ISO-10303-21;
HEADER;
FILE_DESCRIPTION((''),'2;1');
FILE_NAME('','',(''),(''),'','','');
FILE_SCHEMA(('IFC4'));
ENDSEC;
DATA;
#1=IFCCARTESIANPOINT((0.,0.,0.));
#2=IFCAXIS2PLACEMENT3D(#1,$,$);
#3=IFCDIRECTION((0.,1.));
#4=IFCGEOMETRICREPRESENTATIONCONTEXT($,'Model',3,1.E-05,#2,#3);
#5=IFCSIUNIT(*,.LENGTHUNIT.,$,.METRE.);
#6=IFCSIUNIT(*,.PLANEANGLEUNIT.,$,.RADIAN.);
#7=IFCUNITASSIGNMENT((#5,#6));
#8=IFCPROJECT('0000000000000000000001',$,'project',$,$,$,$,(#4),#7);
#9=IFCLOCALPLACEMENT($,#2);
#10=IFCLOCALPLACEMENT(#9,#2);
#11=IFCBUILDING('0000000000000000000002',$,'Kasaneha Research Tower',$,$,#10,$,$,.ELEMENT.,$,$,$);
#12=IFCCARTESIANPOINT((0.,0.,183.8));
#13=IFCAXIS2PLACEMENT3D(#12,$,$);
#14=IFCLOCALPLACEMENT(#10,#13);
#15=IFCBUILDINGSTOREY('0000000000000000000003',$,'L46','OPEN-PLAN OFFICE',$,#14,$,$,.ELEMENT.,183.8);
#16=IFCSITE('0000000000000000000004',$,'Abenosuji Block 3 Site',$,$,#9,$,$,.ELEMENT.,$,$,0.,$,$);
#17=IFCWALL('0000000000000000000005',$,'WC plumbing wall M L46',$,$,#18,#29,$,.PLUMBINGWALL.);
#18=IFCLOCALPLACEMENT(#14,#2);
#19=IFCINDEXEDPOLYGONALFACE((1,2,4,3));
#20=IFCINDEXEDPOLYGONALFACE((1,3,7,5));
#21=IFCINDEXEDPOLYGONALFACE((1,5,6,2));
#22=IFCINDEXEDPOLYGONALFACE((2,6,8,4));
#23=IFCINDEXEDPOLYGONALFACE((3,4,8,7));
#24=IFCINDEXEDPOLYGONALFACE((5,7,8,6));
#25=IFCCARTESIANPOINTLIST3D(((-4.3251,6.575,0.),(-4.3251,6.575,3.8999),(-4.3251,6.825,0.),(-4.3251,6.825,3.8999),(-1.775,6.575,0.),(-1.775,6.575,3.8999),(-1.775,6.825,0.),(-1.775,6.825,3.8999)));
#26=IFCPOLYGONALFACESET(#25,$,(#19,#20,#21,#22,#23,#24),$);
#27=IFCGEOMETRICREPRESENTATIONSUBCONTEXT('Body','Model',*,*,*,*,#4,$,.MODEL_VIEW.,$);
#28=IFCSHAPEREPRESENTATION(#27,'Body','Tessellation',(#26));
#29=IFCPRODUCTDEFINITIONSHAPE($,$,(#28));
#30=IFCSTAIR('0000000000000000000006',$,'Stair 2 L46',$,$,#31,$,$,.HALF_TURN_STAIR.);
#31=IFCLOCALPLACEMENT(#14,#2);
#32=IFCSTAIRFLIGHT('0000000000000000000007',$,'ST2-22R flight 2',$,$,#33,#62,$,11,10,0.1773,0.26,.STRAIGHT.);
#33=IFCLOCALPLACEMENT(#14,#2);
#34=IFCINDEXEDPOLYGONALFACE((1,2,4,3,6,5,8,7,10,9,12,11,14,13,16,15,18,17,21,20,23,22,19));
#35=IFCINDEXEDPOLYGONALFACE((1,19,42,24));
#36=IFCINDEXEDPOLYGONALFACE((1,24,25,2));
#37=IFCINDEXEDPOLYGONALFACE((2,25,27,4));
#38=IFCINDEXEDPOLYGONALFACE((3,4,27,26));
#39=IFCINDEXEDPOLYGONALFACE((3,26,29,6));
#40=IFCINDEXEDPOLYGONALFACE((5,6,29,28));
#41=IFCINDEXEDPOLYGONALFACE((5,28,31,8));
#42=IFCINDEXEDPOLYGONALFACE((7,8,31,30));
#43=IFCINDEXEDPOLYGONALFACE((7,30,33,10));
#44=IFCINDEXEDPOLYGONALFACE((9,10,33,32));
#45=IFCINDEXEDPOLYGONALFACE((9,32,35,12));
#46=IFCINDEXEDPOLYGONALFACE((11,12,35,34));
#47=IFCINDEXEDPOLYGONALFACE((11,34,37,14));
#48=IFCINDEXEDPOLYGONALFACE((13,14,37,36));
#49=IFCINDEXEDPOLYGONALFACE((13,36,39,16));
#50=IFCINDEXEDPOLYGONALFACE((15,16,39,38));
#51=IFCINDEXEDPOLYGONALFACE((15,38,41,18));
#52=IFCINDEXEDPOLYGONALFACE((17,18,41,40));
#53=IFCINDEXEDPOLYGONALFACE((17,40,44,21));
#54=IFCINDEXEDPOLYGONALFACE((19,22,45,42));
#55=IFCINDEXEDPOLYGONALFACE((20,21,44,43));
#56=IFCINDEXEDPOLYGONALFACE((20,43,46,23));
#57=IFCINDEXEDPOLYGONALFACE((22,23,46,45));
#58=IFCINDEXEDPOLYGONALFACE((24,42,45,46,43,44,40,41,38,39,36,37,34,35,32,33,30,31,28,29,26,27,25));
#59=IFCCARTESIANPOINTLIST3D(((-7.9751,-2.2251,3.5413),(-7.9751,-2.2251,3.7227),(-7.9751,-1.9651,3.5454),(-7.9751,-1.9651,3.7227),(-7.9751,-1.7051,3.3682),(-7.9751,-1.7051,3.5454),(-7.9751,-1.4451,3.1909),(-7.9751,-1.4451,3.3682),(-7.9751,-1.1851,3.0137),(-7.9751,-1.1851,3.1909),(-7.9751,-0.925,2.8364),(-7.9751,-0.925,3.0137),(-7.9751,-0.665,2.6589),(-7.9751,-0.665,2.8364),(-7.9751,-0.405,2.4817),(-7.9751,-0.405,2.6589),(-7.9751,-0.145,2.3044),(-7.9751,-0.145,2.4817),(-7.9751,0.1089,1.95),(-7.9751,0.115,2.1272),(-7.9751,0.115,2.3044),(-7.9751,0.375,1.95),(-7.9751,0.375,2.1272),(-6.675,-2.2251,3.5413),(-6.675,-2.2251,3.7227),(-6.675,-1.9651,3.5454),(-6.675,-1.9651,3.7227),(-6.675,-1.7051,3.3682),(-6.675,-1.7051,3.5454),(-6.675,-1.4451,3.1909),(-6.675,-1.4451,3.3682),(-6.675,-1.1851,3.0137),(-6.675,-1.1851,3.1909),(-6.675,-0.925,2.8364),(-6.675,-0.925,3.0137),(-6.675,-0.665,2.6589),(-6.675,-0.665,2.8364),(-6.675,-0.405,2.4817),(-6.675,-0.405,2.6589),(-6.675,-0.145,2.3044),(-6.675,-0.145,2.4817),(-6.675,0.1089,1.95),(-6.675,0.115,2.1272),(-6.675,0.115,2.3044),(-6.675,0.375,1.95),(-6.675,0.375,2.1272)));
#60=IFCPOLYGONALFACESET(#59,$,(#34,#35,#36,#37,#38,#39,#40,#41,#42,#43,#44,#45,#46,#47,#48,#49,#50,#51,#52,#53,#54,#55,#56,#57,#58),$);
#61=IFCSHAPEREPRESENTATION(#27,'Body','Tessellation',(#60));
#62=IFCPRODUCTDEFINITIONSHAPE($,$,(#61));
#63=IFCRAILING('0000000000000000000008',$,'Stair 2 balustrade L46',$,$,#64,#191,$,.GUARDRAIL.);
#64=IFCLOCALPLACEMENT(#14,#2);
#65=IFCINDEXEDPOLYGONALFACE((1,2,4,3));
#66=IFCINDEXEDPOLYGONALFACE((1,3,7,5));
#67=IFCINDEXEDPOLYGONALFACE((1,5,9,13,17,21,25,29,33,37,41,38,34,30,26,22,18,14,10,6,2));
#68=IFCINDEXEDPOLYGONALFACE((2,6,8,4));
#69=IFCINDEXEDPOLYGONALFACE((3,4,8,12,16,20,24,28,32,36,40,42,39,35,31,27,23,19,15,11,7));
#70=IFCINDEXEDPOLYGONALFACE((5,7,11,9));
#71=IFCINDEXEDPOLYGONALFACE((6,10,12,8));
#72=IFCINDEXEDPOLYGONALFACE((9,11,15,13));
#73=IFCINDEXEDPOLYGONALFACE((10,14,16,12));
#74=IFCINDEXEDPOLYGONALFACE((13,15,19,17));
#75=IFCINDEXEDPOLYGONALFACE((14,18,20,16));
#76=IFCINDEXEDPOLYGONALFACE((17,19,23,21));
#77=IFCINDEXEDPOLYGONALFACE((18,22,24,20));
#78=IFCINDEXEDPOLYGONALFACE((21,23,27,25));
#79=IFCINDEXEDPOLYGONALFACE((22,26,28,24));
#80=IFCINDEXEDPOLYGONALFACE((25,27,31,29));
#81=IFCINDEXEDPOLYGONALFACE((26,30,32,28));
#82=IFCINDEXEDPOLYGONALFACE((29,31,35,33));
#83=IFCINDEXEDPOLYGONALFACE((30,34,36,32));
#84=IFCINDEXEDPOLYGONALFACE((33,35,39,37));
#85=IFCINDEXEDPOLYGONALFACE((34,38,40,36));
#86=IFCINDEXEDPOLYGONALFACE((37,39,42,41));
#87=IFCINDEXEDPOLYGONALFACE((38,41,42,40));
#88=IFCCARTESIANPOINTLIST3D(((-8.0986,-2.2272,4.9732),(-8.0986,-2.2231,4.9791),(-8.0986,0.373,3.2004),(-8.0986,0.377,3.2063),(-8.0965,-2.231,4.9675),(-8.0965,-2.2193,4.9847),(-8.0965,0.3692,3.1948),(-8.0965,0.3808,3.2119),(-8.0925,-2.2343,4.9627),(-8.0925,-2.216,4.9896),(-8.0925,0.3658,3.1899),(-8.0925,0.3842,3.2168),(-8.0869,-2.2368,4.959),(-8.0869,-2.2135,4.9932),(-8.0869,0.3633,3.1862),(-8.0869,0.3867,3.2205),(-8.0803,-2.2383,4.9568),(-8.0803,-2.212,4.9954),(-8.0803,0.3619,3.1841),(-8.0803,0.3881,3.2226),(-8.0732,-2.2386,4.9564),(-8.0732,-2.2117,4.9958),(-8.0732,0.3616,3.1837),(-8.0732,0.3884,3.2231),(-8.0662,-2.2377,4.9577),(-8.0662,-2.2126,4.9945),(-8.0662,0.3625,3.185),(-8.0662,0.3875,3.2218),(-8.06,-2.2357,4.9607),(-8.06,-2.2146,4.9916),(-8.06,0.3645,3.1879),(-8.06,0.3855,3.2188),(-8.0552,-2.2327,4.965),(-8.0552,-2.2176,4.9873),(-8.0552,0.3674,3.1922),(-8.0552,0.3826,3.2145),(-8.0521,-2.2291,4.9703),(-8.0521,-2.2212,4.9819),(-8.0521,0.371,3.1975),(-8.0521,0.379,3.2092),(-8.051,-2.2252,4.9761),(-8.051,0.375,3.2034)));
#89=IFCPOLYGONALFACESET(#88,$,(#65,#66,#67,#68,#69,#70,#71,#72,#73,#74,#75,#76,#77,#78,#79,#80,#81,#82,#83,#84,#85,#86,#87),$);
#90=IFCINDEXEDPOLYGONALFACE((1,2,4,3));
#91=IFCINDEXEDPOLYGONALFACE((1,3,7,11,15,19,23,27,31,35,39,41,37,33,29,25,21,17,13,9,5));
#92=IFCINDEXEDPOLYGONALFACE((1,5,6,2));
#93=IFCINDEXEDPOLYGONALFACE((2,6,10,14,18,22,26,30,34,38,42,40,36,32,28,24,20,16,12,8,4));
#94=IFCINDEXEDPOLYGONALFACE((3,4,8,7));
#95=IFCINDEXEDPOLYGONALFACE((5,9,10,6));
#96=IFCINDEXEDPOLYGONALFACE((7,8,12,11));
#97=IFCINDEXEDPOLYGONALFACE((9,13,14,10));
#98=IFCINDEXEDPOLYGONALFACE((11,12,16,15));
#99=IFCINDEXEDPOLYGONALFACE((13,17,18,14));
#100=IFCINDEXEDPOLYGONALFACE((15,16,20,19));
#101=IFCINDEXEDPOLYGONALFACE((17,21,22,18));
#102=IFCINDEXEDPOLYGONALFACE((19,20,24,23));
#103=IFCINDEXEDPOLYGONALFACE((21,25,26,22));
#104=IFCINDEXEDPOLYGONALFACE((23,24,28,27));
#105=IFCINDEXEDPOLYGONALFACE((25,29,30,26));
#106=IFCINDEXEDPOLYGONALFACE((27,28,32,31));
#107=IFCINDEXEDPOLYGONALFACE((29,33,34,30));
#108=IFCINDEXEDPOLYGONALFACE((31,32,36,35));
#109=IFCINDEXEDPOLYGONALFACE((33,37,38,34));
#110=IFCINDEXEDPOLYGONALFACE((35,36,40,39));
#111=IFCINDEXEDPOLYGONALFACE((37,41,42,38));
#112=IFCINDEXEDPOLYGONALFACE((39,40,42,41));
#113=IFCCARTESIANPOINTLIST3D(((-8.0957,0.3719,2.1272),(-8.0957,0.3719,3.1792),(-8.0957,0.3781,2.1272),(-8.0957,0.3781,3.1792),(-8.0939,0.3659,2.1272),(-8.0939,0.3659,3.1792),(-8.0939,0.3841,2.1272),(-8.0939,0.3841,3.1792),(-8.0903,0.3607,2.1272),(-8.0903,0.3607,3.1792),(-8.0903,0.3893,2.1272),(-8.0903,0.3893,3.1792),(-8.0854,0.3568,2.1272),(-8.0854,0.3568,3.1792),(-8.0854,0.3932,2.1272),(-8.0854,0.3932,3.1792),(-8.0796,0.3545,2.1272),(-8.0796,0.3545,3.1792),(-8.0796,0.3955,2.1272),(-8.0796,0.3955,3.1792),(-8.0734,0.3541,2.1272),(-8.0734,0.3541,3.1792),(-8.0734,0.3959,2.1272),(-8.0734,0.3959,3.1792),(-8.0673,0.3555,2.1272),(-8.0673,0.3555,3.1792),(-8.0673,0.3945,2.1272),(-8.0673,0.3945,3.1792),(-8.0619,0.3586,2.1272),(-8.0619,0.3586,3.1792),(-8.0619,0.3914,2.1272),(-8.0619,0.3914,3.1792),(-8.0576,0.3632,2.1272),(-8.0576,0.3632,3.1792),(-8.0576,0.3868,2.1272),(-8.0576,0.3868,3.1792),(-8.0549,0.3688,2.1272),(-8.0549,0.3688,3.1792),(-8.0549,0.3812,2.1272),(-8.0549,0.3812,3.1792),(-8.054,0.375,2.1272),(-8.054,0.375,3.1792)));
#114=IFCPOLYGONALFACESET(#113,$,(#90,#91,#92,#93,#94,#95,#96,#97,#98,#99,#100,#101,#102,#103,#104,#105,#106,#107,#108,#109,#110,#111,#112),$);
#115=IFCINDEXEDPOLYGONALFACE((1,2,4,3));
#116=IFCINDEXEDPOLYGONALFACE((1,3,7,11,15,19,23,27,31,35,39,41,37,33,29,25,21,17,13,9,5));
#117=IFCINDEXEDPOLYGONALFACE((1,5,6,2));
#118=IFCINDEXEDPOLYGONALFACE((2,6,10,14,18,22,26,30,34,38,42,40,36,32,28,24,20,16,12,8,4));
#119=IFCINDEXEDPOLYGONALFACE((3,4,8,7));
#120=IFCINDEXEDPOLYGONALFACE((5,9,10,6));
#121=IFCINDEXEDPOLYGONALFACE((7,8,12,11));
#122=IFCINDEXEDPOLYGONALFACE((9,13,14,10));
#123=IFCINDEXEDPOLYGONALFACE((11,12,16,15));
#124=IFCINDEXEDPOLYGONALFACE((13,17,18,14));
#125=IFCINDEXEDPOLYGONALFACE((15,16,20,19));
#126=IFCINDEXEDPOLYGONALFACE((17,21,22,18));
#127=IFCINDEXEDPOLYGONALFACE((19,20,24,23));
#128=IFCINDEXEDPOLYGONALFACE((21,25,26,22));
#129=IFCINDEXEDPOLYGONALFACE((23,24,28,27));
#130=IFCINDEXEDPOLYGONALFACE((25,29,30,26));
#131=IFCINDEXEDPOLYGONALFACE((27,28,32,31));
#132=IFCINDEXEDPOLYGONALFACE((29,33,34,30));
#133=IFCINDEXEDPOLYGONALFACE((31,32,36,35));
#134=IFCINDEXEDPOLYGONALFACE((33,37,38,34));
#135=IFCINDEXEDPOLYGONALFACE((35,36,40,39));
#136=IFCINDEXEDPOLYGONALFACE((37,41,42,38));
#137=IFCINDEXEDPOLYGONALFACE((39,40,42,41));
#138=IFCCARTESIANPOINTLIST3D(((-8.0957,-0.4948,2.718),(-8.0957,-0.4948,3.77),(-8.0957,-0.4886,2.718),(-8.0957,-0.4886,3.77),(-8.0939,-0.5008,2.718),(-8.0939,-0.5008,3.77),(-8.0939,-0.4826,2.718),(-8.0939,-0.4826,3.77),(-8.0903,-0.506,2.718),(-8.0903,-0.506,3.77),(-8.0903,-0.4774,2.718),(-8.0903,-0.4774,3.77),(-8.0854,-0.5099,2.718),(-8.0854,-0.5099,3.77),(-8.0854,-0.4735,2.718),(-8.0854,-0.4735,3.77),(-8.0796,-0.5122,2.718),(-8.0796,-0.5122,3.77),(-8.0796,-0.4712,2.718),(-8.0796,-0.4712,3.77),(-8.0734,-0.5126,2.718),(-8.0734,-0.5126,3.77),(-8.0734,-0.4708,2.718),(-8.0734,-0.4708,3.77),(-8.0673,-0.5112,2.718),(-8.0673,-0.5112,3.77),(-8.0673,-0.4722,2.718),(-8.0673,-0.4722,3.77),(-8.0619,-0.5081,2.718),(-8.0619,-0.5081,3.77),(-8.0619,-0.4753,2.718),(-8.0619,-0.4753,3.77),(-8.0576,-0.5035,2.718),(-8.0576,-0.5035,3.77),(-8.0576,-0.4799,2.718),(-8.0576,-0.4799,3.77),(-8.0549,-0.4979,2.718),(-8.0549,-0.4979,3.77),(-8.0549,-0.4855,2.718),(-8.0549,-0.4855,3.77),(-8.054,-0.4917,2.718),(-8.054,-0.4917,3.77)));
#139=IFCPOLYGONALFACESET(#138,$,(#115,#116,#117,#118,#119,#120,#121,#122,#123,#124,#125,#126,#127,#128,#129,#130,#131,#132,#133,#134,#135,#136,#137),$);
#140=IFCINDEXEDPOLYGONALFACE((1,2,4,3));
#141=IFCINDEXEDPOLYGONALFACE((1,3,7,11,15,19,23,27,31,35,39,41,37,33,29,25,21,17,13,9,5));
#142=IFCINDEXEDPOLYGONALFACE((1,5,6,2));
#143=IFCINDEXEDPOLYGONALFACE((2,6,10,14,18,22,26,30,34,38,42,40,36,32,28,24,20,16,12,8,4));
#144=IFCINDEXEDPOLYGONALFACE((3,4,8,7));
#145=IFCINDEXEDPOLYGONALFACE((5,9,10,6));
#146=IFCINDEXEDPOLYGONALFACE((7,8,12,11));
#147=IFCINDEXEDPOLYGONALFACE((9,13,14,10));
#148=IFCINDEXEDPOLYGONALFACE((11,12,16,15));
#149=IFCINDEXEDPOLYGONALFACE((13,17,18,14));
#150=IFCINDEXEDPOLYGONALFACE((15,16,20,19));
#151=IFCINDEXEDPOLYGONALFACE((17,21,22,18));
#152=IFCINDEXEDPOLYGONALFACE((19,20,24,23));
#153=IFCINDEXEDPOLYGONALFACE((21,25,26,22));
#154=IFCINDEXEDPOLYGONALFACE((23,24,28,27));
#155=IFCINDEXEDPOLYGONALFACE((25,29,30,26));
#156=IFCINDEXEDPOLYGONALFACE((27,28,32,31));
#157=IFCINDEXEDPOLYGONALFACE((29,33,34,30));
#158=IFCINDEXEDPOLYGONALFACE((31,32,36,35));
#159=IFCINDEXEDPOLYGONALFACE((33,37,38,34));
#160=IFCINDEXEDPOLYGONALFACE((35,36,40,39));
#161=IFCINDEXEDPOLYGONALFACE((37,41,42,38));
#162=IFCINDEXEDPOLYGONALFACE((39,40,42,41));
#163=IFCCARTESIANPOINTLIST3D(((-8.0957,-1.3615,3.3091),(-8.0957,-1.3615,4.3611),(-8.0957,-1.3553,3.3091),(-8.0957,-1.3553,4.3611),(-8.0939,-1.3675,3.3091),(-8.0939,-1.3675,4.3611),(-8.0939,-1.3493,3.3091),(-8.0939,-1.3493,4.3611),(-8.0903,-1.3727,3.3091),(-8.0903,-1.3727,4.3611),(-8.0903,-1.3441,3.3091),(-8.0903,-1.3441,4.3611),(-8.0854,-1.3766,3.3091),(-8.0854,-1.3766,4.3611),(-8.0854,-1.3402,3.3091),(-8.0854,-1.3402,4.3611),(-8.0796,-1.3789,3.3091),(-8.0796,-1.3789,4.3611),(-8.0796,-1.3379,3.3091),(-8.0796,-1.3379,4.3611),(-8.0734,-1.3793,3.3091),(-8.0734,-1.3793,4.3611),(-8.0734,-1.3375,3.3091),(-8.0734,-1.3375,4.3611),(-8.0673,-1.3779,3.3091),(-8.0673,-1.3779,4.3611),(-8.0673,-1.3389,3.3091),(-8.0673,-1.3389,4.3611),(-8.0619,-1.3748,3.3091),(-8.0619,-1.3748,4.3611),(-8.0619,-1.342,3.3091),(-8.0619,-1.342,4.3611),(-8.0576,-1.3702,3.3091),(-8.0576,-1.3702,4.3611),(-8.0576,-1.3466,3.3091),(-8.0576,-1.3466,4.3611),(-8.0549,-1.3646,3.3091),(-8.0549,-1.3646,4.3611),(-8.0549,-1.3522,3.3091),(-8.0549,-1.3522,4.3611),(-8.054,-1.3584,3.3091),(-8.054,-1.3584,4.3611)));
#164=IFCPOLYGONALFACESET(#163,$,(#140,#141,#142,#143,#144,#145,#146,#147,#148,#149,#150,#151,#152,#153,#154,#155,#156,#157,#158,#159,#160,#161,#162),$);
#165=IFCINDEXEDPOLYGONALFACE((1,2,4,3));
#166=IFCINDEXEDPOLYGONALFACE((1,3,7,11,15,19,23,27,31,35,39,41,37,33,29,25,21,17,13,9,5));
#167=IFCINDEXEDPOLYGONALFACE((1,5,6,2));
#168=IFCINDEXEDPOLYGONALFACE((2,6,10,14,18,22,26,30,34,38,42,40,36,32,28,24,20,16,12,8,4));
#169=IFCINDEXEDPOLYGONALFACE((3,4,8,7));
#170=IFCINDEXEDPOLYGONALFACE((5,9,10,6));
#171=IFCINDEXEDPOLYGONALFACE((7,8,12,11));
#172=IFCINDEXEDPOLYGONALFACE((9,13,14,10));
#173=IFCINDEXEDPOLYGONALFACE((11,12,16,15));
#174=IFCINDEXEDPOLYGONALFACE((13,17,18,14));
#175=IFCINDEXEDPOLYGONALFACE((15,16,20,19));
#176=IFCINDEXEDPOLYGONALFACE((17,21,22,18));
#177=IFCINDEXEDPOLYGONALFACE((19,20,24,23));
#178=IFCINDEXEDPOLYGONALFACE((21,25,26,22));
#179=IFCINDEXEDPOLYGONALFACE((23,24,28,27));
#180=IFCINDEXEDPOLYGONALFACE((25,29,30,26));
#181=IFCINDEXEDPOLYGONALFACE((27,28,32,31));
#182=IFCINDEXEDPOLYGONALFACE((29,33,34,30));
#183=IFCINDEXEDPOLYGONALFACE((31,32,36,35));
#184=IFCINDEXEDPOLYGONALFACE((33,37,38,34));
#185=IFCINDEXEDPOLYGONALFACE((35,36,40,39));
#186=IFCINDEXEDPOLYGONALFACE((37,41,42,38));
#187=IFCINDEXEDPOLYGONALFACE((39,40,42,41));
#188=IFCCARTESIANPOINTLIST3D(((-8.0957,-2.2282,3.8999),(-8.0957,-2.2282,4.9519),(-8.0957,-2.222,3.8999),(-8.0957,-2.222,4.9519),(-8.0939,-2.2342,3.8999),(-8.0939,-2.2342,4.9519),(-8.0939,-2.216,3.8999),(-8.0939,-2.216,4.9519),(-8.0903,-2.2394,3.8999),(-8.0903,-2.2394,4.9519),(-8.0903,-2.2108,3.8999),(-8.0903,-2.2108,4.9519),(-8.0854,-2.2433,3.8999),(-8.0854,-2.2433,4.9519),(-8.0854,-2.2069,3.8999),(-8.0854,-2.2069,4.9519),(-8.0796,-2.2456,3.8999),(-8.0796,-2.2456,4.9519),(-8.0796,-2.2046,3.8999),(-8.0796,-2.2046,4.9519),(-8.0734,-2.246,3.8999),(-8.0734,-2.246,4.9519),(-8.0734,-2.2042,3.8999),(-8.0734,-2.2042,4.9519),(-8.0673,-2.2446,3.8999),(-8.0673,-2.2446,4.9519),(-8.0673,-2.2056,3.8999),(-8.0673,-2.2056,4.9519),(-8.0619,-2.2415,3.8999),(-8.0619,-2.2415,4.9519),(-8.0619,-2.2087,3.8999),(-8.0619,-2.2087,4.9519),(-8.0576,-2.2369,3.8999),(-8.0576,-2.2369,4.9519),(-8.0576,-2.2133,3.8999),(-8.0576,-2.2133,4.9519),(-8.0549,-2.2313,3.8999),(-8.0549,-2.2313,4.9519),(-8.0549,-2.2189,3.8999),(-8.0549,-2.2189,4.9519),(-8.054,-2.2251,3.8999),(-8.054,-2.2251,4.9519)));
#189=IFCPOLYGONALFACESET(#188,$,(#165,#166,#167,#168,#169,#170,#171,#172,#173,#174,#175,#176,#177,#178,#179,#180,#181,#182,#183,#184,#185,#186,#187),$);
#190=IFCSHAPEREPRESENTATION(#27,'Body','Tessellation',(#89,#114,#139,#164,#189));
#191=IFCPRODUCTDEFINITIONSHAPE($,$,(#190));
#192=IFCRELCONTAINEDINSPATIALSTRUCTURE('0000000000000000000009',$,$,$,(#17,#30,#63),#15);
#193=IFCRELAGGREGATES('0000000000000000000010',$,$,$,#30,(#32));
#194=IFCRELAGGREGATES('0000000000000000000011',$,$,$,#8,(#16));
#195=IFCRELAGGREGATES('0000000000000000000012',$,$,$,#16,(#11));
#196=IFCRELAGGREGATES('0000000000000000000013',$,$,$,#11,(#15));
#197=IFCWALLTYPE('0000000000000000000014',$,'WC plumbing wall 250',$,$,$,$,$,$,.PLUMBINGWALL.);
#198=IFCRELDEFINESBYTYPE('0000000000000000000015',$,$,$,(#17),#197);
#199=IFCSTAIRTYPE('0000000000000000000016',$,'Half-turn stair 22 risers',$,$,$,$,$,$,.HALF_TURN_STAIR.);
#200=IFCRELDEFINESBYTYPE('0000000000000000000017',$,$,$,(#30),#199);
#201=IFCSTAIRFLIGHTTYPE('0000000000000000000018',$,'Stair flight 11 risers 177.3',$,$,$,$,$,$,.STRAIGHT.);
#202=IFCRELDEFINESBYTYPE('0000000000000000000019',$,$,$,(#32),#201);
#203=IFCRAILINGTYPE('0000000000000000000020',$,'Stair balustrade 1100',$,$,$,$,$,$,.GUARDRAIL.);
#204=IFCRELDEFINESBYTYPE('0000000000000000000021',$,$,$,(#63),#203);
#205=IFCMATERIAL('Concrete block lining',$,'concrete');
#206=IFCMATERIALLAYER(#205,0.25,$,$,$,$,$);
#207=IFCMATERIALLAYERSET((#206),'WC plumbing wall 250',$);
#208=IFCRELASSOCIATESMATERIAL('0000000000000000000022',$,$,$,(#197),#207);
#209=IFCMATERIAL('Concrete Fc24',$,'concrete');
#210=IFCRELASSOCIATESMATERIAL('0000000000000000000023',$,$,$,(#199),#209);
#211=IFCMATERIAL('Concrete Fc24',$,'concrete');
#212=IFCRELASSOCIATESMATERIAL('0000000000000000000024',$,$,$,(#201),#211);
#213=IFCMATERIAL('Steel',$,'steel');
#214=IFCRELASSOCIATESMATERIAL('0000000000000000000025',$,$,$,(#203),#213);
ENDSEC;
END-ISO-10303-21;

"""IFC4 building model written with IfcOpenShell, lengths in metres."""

from ifc_helpers import new_model, si_unit, direction, frame, frame_2d, origin, origin_2d, place, context, subcontext, project, spatial, polyline, rectangle, circle, outline, extrude, material, layer, layer_set, type_object, element, aggregate, save


model = new_model("IFC4")

# Units and contexts
model_context = context("Model", 3, precision=1e-05, world=origin(), true_north=direction((0.0, 1.0)))
body_context = subcontext(model_context, "Body", "Model", "MODEL_VIEW")
ifc_project = project(units=[si_unit("LENGTHUNIT", "METRE"), si_unit("PLANEANGLEUNIT", "RADIAN")], contexts=[model_context])

# Site, building, storey
site_placement = place(None, origin())
site = spatial("IfcSite", under=ifc_project, at=site_placement, Name="Abenosuji Block 3 Site", CompositionType="ELEMENT", RefElevation=0.0)
building_placement = place(site_placement, origin())
building = spatial("IfcBuilding", under=site, at=building_placement, Name="Kasaneha Research Tower", CompositionType="ELEMENT")
storey_placement = place(building_placement, frame((0.0, 0.0, 183.8)))
storey = spatial("IfcBuildingStorey", under=building, at=storey_placement, Name="L46", Description="OPEN-PLAN OFFICE", CompositionType="ELEMENT", Elevation=183.8)

# Wall
ifc_material_1 = material(Name="Concrete block lining", Category="concrete")
ifc_layer_1 = layer(ifc_material_1, 0.25)
ifc_layer_set_1 = layer_set([ifc_layer_1], Name="WC plumbing wall 250")
wall_type_1 = type_object("IfcWallType", Name="WC plumbing wall 250", PredefinedType="PLUMBINGWALL", material=ifc_layer_set_1)
wall_1_placement = place(storey_placement, frame((-4.325, 6.7, 0.0), z_axis=(0.0, 0.0, 1.0), x_axis=(1.0, 0.0, 0.0)))
element("IfcWall", 1, at=wall_1_placement, inside=storey, type_object=wall_type_1, Name="WC plumbing wall M L46", PredefinedType="PLUMBINGWALL", context=body_context, shape_type="SweptSolid", body=[
    extrude(rectangle(XDim=2.55, YDim=0.25, at=frame_2d((1.2749, 0.0))), origin(), (0.0, 0.0, 1.0), 3.8999),
])

# Stair, stair flight
ifc_material_2 = material(Name="Concrete Fc24", Category="concrete")
stair_type = type_object("IfcStairType", Name="Half-turn stair 22 risers", PredefinedType="HALF_TURN_STAIR", material=ifc_material_2)
stair_placement = place(storey_placement, origin())
stair = element("IfcStair", 2, at=stair_placement, inside=storey, type_object=stair_type, Name="Stair 2 L46", PredefinedType="HALF_TURN_STAIR")
ifc_material_3 = material(Name="Concrete Fc24", Category="concrete")
stair_flight_type = type_object("IfcStairFlightType", Name="Stair flight 11 risers 177.3", PredefinedType="STRAIGHT", material=ifc_material_3)
stair_flight_placement = place(storey_placement, frame((-7.325, 0.375, 1.95), z_axis=(0.0, 0.0, 1.0), x_axis=(0.0, -1.0, 0.0)))
stair_flight = element("IfcStairFlight", 3, at=stair_flight_placement, type_object=stair_flight_type, Name="ST2-22R flight 2", NumberOfRisers=11, NumberOfTreads=10, PredefinedType="STRAIGHT", RiserHeight=0.1773, TreadLength=0.26, context=body_context, shape_type="SweptSolid", body=[
    extrude(outline(polyline([(0.0, 0.0), (0.0, 0.1772), (0.26, 0.1772), (0.26, 0.3545), (0.52, 0.3545), (0.52, 0.5317), (0.78, 0.5317), (0.78, 0.709), (1.04, 0.709), (1.04, 0.8865), (1.3, 0.8865), (1.3, 1.0637), (1.5601, 1.0637), (1.5601, 1.241), (1.8201, 1.241), (1.8201, 1.4182), (2.0801, 1.4182), (2.0801, 1.5955), (2.3401, 1.5955), (2.3401, 1.7727), (2.6001, 1.7727), (2.6001, 1.95), (2.6001, 1.5913), (0.2661, 0.0), (0.0, 0.0)])), frame((0.0, 0.6499, 0.0), z_axis=(0.0, -1.0, 0.0), x_axis=(1.0, 0.0, 0.0)), (0.0, 0.0, 1.0), 1.3),
])
aggregate(stair, [stair_flight])

# Railing
ifc_material_4 = material(Name="Steel", Category="steel")
railing_type_1 = type_object("IfcRailingType", Name="Stair balustrade 1100", PredefinedType="GUARDRAIL", material=ifc_material_4)
railing_1_placement = place(storey_placement, frame((-8.075, 0.375, 2.1272)))
element("IfcRailing", 4, at=railing_1_placement, inside=storey, type_object=railing_type_1, Name="Stair 2 balustrade L46", PredefinedType="GUARDRAIL", context=body_context, shape_type="SweptSolid", body=[
    extrude(circle(Radius=0.0239, at=origin_2d()), frame((0.0, 0.0, 1.0762), z_axis=(0.0, -0.82624, 0.563318), x_axis=(1.0, 0.0, 0.0)), (0.0, 0.0, 1.0), 3.147),
    extrude(circle(Radius=0.021, at=origin_2d()), origin(), (0.0, 0.0, 1.0), 1.052),
    extrude(circle(Radius=0.021, at=origin_2d()), frame((0.0, -0.8667, 0.5908)), (0.0, 0.0, 1.0), 1.052),
    extrude(circle(Radius=0.021, at=origin_2d()), frame((0.0, -1.7334, 1.1819)), (0.0, 0.0, 1.0), 1.052),
    extrude(circle(Radius=0.021, at=origin_2d()), frame((0.0, -2.6001, 1.7727)), (0.0, 0.0, 1.0), 1.052),
])

save(model, "model.ifc")
